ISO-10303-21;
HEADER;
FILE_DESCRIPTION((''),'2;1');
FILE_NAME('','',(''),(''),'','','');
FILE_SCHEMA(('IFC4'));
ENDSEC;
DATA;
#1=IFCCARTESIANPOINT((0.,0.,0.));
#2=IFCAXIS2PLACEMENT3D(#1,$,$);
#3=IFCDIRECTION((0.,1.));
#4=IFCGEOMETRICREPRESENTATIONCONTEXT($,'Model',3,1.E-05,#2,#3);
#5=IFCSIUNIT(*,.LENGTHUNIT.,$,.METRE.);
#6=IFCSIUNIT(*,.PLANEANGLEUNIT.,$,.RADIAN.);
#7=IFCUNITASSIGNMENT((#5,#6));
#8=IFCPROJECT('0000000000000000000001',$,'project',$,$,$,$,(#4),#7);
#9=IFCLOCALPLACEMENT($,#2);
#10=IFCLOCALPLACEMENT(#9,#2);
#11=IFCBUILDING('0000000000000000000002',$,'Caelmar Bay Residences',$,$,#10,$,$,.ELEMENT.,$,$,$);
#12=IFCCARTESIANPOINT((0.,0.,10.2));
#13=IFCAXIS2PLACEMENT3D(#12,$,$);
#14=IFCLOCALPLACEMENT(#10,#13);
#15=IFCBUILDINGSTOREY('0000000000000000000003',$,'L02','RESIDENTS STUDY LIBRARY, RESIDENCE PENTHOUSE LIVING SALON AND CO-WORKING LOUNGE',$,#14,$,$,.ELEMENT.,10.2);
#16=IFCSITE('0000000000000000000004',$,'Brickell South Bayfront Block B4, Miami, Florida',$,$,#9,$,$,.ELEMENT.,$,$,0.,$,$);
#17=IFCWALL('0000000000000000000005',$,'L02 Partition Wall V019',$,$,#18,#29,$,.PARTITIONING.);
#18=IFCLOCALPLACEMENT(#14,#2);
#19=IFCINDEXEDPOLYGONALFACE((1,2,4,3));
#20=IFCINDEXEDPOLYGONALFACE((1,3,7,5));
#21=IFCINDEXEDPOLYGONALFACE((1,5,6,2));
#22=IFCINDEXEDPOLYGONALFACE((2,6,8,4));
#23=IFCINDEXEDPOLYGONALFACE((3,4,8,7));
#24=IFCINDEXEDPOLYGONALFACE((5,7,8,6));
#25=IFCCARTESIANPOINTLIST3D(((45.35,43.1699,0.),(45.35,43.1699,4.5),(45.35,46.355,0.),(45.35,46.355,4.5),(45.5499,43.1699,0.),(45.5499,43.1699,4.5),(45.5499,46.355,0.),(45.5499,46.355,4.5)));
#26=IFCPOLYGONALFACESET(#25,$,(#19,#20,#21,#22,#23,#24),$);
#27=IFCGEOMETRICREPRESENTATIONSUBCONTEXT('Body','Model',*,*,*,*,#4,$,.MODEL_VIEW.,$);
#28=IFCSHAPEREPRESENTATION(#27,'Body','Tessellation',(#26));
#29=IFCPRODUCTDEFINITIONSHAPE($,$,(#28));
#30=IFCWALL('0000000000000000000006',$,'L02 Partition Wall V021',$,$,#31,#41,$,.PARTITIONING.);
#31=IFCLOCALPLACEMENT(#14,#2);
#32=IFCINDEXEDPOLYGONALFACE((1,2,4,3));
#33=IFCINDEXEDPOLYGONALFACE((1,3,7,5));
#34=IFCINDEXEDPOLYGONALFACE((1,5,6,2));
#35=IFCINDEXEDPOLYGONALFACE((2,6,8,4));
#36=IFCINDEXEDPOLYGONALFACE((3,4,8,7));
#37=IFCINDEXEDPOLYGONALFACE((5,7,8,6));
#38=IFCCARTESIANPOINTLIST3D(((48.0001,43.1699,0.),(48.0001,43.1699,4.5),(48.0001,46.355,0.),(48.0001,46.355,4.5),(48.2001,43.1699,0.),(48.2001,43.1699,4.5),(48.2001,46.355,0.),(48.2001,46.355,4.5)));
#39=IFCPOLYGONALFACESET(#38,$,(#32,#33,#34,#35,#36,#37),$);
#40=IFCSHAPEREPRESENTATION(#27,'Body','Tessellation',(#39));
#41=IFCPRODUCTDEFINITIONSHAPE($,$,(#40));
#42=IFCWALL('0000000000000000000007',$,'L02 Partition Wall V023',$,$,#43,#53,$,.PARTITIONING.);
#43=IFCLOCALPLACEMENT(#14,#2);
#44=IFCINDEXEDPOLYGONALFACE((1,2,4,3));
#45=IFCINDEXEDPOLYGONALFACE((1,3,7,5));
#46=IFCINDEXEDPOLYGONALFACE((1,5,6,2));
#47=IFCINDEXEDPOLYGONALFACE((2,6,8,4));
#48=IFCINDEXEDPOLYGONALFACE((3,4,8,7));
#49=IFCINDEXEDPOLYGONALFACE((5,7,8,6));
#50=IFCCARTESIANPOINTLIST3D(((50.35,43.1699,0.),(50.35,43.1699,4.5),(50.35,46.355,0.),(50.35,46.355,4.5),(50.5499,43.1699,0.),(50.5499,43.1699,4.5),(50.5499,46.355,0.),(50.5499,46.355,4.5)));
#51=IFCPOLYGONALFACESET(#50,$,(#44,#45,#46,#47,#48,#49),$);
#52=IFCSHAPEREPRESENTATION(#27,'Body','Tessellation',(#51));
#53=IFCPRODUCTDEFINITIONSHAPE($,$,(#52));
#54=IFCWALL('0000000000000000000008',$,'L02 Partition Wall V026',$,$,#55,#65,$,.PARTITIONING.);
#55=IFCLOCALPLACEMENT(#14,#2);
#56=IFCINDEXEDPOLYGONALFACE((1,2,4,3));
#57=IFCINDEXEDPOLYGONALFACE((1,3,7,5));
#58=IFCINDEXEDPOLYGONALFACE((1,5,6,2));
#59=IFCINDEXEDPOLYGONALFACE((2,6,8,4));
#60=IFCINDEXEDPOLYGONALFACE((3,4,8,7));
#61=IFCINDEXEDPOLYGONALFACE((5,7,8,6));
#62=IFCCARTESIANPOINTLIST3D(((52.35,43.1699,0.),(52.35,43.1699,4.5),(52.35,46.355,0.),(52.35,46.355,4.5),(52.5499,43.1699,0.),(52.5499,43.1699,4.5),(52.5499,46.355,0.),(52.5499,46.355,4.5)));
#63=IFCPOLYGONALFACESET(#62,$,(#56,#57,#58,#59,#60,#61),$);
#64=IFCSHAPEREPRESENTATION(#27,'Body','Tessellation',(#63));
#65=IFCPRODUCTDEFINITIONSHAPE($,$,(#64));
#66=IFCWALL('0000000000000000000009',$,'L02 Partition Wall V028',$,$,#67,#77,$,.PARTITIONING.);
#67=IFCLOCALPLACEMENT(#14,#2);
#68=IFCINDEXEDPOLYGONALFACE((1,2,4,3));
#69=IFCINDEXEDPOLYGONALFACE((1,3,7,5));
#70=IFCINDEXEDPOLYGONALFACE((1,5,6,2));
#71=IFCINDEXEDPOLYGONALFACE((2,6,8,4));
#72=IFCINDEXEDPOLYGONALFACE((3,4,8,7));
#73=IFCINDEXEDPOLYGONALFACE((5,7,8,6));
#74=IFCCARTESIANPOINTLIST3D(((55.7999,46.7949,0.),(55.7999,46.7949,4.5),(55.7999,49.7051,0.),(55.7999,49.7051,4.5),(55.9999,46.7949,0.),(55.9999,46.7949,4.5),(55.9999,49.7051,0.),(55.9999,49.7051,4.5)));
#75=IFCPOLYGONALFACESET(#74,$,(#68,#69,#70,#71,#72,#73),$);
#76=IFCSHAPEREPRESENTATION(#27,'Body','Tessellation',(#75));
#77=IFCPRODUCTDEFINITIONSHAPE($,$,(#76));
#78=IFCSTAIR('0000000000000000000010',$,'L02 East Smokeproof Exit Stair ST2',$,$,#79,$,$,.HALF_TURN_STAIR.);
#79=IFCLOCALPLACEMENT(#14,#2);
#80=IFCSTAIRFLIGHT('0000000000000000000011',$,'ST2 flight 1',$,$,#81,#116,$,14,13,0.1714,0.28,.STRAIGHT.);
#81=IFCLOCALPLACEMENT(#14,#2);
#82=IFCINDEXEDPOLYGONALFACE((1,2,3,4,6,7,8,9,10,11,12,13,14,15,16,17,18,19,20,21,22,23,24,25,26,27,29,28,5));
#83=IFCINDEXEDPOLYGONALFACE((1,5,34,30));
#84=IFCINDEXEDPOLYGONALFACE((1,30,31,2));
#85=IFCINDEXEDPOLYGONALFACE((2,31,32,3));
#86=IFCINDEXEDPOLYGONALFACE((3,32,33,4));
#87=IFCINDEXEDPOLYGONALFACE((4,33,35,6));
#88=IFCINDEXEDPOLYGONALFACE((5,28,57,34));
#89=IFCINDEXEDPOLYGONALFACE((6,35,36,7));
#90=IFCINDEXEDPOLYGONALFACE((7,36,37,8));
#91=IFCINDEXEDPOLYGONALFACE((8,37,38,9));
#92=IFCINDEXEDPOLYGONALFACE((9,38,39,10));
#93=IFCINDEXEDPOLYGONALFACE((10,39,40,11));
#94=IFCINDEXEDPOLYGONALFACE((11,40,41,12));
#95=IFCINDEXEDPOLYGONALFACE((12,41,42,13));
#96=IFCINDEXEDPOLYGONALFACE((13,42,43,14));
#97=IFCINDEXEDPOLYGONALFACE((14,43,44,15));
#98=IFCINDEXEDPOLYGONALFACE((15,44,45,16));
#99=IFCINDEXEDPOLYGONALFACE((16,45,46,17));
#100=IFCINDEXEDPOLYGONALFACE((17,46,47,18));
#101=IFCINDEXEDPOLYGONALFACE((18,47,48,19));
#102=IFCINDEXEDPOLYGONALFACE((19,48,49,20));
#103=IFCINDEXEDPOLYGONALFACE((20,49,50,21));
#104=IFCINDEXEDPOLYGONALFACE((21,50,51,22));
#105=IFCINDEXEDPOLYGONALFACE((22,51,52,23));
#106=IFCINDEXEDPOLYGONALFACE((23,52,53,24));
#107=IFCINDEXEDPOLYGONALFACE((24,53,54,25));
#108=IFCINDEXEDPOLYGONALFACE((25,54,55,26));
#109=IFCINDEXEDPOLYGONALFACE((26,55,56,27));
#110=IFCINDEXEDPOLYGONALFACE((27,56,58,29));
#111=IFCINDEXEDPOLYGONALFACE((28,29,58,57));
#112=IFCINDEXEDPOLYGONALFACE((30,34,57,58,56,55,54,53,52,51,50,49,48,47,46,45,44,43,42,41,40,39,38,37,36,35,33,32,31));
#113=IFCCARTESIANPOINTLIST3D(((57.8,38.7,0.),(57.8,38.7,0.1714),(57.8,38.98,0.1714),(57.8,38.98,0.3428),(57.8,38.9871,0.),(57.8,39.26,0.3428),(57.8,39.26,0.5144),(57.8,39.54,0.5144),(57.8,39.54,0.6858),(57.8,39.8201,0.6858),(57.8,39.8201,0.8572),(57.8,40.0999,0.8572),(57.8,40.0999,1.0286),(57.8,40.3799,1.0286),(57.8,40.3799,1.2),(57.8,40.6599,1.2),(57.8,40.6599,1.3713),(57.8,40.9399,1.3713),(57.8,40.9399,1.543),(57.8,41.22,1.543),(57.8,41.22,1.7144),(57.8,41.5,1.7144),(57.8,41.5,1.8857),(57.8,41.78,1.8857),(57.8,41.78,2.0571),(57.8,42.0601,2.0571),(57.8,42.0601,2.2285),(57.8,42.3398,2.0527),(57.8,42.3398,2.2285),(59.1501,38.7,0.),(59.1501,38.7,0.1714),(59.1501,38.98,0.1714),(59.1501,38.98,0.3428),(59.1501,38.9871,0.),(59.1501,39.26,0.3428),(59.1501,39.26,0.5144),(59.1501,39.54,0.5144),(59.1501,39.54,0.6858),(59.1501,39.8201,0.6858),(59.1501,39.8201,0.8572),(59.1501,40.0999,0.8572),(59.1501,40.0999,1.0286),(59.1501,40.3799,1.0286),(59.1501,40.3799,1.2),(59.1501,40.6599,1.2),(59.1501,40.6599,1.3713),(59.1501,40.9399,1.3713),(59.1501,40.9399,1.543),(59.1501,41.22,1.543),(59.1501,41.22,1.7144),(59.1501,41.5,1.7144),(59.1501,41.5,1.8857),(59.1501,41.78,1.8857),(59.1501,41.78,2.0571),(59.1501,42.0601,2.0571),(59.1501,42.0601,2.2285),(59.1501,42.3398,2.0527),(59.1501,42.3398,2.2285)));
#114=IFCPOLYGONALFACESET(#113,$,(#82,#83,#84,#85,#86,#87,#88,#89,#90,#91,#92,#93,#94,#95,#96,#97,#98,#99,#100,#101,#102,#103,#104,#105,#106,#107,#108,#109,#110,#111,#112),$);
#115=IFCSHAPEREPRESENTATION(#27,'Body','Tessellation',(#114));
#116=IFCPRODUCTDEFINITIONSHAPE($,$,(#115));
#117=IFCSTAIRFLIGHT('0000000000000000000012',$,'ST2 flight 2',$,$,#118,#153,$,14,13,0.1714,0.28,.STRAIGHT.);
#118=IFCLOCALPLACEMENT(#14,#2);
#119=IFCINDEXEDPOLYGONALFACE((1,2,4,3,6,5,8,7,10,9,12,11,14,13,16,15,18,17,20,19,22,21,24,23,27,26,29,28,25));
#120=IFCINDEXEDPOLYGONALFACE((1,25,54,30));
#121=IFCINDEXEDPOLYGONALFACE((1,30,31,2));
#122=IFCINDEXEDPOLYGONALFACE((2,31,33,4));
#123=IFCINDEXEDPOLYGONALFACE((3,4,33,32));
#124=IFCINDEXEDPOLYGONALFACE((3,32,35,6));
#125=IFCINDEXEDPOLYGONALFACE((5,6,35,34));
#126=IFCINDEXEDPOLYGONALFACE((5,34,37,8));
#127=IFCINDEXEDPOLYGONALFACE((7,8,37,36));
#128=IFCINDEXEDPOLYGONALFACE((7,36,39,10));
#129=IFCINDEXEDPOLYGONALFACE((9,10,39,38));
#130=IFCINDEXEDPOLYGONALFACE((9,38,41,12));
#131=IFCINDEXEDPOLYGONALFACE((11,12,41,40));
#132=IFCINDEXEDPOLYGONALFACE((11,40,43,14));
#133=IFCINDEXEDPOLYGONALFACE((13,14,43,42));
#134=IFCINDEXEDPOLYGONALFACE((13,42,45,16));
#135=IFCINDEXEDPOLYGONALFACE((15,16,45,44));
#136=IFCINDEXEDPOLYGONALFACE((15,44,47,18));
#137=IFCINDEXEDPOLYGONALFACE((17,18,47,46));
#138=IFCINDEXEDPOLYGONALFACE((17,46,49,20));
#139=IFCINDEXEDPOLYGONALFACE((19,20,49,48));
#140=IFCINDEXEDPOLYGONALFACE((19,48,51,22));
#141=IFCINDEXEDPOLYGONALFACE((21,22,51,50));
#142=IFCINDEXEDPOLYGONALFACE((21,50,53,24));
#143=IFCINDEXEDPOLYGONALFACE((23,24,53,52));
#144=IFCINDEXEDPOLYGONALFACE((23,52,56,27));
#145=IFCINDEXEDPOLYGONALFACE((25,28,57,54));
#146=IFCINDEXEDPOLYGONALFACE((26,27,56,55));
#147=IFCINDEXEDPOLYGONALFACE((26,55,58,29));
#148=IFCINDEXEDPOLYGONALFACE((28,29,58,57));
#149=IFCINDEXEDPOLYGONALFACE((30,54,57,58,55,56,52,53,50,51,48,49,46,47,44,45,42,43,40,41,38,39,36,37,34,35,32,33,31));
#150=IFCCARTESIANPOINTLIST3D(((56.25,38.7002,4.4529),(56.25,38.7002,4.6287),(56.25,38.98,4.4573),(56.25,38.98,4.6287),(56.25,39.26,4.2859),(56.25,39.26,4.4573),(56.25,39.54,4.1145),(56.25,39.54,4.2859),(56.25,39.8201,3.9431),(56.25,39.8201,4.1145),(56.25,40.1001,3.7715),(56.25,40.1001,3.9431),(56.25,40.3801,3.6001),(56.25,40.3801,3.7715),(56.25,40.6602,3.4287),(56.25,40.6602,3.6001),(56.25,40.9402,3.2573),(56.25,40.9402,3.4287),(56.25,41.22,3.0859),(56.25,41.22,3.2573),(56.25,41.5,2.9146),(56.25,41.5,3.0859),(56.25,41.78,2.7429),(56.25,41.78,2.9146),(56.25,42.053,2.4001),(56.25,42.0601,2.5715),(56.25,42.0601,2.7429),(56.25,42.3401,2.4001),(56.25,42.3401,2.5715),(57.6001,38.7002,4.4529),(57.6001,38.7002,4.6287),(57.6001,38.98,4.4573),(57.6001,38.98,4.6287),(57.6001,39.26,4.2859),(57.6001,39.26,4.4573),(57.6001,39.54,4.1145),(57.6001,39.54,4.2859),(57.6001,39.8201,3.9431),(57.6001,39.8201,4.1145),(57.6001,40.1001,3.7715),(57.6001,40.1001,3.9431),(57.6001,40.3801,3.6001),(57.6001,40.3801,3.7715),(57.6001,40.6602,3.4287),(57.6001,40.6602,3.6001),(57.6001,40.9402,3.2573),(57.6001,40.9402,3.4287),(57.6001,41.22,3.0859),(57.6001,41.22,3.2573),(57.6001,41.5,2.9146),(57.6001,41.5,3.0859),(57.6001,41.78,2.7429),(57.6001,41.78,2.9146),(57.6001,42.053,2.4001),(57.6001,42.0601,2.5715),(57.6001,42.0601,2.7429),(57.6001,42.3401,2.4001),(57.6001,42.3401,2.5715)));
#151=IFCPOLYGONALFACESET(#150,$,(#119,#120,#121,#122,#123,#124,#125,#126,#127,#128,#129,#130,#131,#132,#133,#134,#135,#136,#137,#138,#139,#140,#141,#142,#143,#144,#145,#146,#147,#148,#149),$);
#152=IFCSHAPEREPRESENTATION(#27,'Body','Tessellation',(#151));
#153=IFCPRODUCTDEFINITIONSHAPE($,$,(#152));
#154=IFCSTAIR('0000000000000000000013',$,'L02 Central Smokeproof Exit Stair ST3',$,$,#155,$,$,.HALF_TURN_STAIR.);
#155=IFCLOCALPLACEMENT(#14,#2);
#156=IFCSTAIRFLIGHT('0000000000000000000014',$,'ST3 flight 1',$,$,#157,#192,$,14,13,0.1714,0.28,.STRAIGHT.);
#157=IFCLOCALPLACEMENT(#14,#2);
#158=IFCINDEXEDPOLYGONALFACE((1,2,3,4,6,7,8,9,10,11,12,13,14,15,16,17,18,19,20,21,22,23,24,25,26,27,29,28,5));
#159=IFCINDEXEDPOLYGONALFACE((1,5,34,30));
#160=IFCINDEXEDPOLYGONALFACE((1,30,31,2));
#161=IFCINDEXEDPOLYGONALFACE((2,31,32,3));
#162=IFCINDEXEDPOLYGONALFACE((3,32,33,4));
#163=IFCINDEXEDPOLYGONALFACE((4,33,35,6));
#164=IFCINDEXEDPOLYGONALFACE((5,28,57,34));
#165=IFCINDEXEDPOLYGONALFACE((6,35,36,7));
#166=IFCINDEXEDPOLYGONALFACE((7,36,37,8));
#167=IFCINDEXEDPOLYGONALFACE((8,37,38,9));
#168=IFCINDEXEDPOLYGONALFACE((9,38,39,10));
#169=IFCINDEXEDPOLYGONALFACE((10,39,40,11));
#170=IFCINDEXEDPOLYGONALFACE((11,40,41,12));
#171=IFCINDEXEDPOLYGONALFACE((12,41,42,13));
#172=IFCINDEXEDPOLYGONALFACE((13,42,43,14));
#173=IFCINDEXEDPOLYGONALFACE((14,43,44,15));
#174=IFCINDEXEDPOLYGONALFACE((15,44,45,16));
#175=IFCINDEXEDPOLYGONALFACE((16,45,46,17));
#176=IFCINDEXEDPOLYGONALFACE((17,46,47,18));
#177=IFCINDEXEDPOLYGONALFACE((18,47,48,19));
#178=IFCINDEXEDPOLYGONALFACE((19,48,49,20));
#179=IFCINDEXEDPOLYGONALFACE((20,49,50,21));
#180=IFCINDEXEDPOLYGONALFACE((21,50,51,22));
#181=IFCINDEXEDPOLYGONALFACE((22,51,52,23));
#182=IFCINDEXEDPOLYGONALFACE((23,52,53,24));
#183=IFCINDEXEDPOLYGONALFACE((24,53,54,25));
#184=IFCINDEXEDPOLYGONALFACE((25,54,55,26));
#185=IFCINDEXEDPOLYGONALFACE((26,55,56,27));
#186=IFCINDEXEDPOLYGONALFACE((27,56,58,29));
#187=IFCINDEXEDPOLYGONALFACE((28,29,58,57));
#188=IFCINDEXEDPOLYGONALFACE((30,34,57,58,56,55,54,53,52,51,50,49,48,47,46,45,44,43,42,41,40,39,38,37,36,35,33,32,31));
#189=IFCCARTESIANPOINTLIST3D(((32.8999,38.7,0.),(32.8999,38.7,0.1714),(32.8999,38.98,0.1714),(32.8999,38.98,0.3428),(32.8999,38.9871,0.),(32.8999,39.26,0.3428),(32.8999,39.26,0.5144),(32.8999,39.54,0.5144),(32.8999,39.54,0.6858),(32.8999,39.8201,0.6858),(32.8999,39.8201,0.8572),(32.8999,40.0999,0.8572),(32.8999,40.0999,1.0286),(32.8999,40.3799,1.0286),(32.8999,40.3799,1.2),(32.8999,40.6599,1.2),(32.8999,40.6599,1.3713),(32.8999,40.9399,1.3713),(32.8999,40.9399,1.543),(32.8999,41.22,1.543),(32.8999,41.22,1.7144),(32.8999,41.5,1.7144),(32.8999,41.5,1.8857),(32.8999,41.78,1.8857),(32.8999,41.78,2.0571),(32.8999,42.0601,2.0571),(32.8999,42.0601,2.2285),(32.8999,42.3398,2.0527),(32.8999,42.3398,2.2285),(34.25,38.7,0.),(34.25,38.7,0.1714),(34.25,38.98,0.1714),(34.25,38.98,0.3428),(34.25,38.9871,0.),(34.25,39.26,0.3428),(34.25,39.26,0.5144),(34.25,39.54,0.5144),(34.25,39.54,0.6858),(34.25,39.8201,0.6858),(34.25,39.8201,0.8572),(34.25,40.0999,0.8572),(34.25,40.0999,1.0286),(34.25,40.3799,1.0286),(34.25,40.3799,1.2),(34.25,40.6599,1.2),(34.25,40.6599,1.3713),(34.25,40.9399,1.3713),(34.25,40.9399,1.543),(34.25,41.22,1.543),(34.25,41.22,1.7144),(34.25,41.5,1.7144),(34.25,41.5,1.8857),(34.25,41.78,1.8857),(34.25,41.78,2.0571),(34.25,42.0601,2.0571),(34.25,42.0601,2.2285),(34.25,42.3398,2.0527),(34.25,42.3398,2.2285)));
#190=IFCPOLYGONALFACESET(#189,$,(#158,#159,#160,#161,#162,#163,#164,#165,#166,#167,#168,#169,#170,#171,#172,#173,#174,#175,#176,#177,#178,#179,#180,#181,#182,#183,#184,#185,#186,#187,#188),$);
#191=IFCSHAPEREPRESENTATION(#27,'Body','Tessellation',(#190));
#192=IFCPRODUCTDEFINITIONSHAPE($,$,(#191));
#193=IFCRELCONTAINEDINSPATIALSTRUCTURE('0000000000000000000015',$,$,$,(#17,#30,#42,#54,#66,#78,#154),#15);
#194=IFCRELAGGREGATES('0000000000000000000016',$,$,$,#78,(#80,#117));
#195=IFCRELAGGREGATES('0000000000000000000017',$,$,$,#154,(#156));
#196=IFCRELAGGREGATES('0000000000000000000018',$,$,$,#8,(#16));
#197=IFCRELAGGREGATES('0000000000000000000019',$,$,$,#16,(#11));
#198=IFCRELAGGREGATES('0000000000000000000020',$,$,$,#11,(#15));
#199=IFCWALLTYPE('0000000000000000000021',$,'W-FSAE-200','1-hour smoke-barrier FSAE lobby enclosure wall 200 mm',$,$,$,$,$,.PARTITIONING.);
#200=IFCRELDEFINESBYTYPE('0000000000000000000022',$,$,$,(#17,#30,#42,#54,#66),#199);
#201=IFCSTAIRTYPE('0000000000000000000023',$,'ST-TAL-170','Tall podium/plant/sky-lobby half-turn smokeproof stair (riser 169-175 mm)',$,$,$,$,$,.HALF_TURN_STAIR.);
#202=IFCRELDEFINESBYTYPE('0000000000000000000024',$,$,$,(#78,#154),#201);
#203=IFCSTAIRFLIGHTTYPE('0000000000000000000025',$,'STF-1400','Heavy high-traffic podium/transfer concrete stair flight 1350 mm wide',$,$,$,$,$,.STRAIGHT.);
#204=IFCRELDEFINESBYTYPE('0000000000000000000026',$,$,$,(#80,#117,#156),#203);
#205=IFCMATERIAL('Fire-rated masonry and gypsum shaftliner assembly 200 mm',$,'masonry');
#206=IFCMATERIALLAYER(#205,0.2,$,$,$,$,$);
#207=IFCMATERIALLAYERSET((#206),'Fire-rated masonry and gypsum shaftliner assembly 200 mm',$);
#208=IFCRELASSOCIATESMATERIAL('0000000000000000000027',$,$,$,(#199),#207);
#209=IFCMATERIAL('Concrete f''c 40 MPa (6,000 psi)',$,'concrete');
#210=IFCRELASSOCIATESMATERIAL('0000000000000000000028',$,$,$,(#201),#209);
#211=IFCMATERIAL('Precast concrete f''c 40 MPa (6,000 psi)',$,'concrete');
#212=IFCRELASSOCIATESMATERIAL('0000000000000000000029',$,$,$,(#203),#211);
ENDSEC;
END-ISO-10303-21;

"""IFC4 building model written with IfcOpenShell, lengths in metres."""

from ifc_helpers import new_model, si_unit, direction, frame, frame_2d, origin, place, context, subcontext, project, spatial, polyline, rectangle, outline, extrude, material, layer, layer_set, type_object, element, aggregate, save


model = new_model("IFC4")

# Units and contexts
model_context = context("Model", 3, precision=1e-05, world=origin(), true_north=direction((0.0, 1.0)))
body_context = subcontext(model_context, "Body", "Model", "MODEL_VIEW")
ifc_project = project(units=[si_unit("LENGTHUNIT", "METRE"), si_unit("PLANEANGLEUNIT", "RADIAN")], contexts=[model_context])

# Site, building, storey
site_placement = place(None, origin())
site = spatial("IfcSite", under=ifc_project, at=site_placement, Name="Brickell South Bayfront Block B4, Miami, Florida", CompositionType="ELEMENT", RefElevation=0.0)
building_placement = place(site_placement, origin())
building = spatial("IfcBuilding", under=site, at=building_placement, Name="Caelmar Bay Residences", CompositionType="ELEMENT")
storey_placement = place(building_placement, frame((0.0, 0.0, 10.2)))
storey = spatial("IfcBuildingStorey", under=building, at=storey_placement, Name="L02", Description="RESIDENTS STUDY LIBRARY, RESIDENCE PENTHOUSE LIVING SALON AND CO-WORKING LOUNGE", CompositionType="ELEMENT", Elevation=10.2)

# Walls
ifc_material_1 = material(Name="Fire-rated masonry and gypsum shaftliner assembly 200 mm", Category="masonry")
ifc_layer_1 = layer(ifc_material_1, 0.2)
ifc_layer_set_1 = layer_set([ifc_layer_1], Name="Fire-rated masonry and gypsum shaftliner assembly 200 mm")
wall_type_1 = type_object("IfcWallType", Name="W-FSAE-200", Description="1-hour smoke-barrier FSAE lobby enclosure wall 200 mm", PredefinedType="PARTITIONING", material=ifc_layer_set_1)
for number, where, z_axis, x_axis, name in (
    (1, (45.45, 43.1699, 0.0), (0.0, 0.0, 1.0), (0.0, 1.0, 0.0), "L02 Partition Wall V019"),
    (2, (48.1001, 43.1699, 0.0), (0.0, 0.0, 1.0), (0.0, 1.0, 0.0), "L02 Partition Wall V021"),
    (3, (50.45, 43.1699, 0.0), (0.0, 0.0, 1.0), (0.0, 1.0, 0.0), "L02 Partition Wall V023"),
    (4, (52.45, 43.1699, 0.0), (0.0, 0.0, 1.0), (0.0, 1.0, 0.0), "L02 Partition Wall V026"),
):
    element("IfcWall", number, at=place(storey_placement, frame(where, z_axis=z_axis, x_axis=x_axis)), inside=storey, type_object=wall_type_1, Name=name, PredefinedType="PARTITIONING", context=body_context, shape_type="SweptSolid", body=[
        extrude(rectangle(XDim=3.1851, YDim=0.2, at=frame_2d((1.5925, 0.0))), origin(), (0.0, 0.0, 1.0), 4.5),
    ])
wall_1_placement = place(storey_placement, frame((55.8999, 46.7949, 0.0), z_axis=(0.0, 0.0, 1.0), x_axis=(0.0, 1.0, 0.0)))
element("IfcWall", 5, at=wall_1_placement, inside=storey, type_object=wall_type_1, Name="L02 Partition Wall V028", PredefinedType="PARTITIONING", context=body_context, shape_type="SweptSolid", body=[
    extrude(rectangle(XDim=2.9102, YDim=0.2, at=frame_2d((1.4551, 0.0))), origin(), (0.0, 0.0, 1.0), 4.5),
])

# Stair, stair flights
ifc_material_2 = material(Name="Concrete f'c 40 MPa (6,000 psi)", Category="concrete")
stair_type = type_object("IfcStairType", Name="ST-TAL-170", Description="Tall podium/plant/sky-lobby half-turn smokeproof stair (riser 169-175 mm)", PredefinedType="HALF_TURN_STAIR", material=ifc_material_2)
stair_1_placement = place(storey_placement, origin())
stair_1 = element("IfcStair", 6, at=stair_1_placement, inside=storey, type_object=stair_type, Name="L02 East Smokeproof Exit Stair ST2", PredefinedType="HALF_TURN_STAIR")
ifc_material_3 = material(Name="Precast concrete f'c 40 MPa (6,000 psi)", Category="concrete")
stair_flight_type = type_object("IfcStairFlightType", Name="STF-1400", Description="Heavy high-traffic podium/transfer concrete stair flight 1350 mm wide", PredefinedType="STRAIGHT", material=ifc_material_3)
stair_flight_1_placement = place(storey_placement, frame((58.4751, 38.7, 0.0), z_axis=(0.0, 0.0, 1.0), x_axis=(0.0, 1.0, 0.0)))
stair_flight_1 = element("IfcStairFlight", 7, at=stair_flight_1_placement, type_object=stair_flight_type, Name="ST2 flight 1", NumberOfRisers=14, NumberOfTreads=13, PredefinedType="STRAIGHT", RiserHeight=0.1714, TreadLength=0.28, context=body_context, shape_type="SweptSolid", body=[
    extrude(outline(polyline([(0.0, 0.0), (0.0, 0.1714), (0.28, 0.1714), (0.28, 0.3428), (0.5601, 0.3428), (0.5601, 0.5144), (0.8401, 0.5144), (0.8401, 0.6858), (1.1201, 0.6858), (1.1201, 0.8572), (1.3999, 0.8572), (1.3999, 1.0286), (1.6799, 1.0286), (1.6799, 1.2), (1.96, 1.2), (1.96, 1.3713), (2.24, 1.3713), (2.24, 1.543), (2.52, 1.543), (2.52, 1.7144), (2.8, 1.7144), (2.8, 1.8857), (3.0801, 1.8857), (3.0801, 2.0571), (3.3601, 2.0571), (3.3601, 2.2285), (3.6399, 2.2285), (3.6399, 2.3999), (3.6399, 2.0527), (0.2871, 0.0), (0.0, 0.0)])), frame((0.0, 0.675, 0.0), z_axis=(0.0, -1.0, 0.0), x_axis=(1.0, 0.0, 0.0)), (0.0, 0.0, 1.0), 1.3501),
])
stair_flight_2_placement = place(storey_placement, frame((56.925, 42.3401, 2.4001), z_axis=(0.0, 0.0, 1.0), x_axis=(0.0, -1.0, 0.0)))
stair_flight_2 = element("IfcStairFlight", 8, at=stair_flight_2_placement, type_object=stair_flight_type, Name="ST2 flight 2", NumberOfRisers=14, NumberOfTreads=13, PredefinedType="STRAIGHT", RiserHeight=0.1714, TreadLength=0.28, context=body_context, shape_type="SweptSolid", body=[
    extrude(outline(polyline([(0.0, 0.0), (0.0, 0.1714), (0.28, 0.1714), (0.28, 0.3428), (0.5601, 0.3428), (0.5601, 0.5144), (0.8401, 0.5144), (0.8401, 0.6858), (1.1201, 0.6858), (1.1201, 0.8572), (1.3999, 0.8572), (1.3999, 1.0286), (1.6799, 1.0286), (1.6799, 1.2), (1.96, 1.2), (1.96, 1.3713), (2.24, 1.3713), (2.24, 1.543), (2.52, 1.543), (2.52, 1.7144), (2.8, 1.7144), (2.8, 1.8857), (3.0801, 1.8857), (3.0801, 2.0571), (3.3601, 2.0571), (3.3601, 2.2285), (3.6399, 2.2285), (3.6399, 2.3999), (3.6399, 2.0527), (0.2871, 0.0), (0.0, 0.0)])), frame((0.0, 0.675, 0.0), z_axis=(0.0, -1.0, 0.0), x_axis=(1.0, 0.0, 0.0)), (0.0, 0.0, 1.0), 1.3501),
])
aggregate(stair_1, [stair_flight_1, stair_flight_2])

# Stair, stair flight
stair_2_placement = place(storey_placement, origin())
stair_2 = element("IfcStair", 9, at=stair_2_placement, inside=storey, type_object=stair_type, Name="L02 Central Smokeproof Exit Stair ST3", PredefinedType="HALF_TURN_STAIR")
stair_flight_3_placement = place(storey_placement, frame((33.575, 38.7, 0.0), z_axis=(0.0, 0.0, 1.0), x_axis=(0.0, 1.0, 0.0)))
stair_flight_3 = element("IfcStairFlight", 10, at=stair_flight_3_placement, type_object=stair_flight_type, Name="ST3 flight 1", NumberOfRisers=14, NumberOfTreads=13, PredefinedType="STRAIGHT", RiserHeight=0.1714, TreadLength=0.28, context=body_context, shape_type="SweptSolid", body=[
    extrude(outline(polyline([(0.0, 0.0), (0.0, 0.1714), (0.28, 0.1714), (0.28, 0.3428), (0.5601, 0.3428), (0.5601, 0.5144), (0.8401, 0.5144), (0.8401, 0.6858), (1.1201, 0.6858), (1.1201, 0.8572), (1.3999, 0.8572), (1.3999, 1.0286), (1.6799, 1.0286), (1.6799, 1.2), (1.96, 1.2), (1.96, 1.3713), (2.24, 1.3713), (2.24, 1.543), (2.52, 1.543), (2.52, 1.7144), (2.8, 1.7144), (2.8, 1.8857), (3.0801, 1.8857), (3.0801, 2.0571), (3.3601, 2.0571), (3.3601, 2.2285), (3.6399, 2.2285), (3.6399, 2.3999), (3.6399, 2.0527), (0.2871, 0.0), (0.0, 0.0)])), frame((0.0, 0.675, 0.0), z_axis=(0.0, -1.0, 0.0), x_axis=(1.0, 0.0, 0.0)), (0.0, 0.0, 1.0), 1.3501),
])
aggregate(stair_2, [stair_flight_3])

save(model, "model.ifc")
